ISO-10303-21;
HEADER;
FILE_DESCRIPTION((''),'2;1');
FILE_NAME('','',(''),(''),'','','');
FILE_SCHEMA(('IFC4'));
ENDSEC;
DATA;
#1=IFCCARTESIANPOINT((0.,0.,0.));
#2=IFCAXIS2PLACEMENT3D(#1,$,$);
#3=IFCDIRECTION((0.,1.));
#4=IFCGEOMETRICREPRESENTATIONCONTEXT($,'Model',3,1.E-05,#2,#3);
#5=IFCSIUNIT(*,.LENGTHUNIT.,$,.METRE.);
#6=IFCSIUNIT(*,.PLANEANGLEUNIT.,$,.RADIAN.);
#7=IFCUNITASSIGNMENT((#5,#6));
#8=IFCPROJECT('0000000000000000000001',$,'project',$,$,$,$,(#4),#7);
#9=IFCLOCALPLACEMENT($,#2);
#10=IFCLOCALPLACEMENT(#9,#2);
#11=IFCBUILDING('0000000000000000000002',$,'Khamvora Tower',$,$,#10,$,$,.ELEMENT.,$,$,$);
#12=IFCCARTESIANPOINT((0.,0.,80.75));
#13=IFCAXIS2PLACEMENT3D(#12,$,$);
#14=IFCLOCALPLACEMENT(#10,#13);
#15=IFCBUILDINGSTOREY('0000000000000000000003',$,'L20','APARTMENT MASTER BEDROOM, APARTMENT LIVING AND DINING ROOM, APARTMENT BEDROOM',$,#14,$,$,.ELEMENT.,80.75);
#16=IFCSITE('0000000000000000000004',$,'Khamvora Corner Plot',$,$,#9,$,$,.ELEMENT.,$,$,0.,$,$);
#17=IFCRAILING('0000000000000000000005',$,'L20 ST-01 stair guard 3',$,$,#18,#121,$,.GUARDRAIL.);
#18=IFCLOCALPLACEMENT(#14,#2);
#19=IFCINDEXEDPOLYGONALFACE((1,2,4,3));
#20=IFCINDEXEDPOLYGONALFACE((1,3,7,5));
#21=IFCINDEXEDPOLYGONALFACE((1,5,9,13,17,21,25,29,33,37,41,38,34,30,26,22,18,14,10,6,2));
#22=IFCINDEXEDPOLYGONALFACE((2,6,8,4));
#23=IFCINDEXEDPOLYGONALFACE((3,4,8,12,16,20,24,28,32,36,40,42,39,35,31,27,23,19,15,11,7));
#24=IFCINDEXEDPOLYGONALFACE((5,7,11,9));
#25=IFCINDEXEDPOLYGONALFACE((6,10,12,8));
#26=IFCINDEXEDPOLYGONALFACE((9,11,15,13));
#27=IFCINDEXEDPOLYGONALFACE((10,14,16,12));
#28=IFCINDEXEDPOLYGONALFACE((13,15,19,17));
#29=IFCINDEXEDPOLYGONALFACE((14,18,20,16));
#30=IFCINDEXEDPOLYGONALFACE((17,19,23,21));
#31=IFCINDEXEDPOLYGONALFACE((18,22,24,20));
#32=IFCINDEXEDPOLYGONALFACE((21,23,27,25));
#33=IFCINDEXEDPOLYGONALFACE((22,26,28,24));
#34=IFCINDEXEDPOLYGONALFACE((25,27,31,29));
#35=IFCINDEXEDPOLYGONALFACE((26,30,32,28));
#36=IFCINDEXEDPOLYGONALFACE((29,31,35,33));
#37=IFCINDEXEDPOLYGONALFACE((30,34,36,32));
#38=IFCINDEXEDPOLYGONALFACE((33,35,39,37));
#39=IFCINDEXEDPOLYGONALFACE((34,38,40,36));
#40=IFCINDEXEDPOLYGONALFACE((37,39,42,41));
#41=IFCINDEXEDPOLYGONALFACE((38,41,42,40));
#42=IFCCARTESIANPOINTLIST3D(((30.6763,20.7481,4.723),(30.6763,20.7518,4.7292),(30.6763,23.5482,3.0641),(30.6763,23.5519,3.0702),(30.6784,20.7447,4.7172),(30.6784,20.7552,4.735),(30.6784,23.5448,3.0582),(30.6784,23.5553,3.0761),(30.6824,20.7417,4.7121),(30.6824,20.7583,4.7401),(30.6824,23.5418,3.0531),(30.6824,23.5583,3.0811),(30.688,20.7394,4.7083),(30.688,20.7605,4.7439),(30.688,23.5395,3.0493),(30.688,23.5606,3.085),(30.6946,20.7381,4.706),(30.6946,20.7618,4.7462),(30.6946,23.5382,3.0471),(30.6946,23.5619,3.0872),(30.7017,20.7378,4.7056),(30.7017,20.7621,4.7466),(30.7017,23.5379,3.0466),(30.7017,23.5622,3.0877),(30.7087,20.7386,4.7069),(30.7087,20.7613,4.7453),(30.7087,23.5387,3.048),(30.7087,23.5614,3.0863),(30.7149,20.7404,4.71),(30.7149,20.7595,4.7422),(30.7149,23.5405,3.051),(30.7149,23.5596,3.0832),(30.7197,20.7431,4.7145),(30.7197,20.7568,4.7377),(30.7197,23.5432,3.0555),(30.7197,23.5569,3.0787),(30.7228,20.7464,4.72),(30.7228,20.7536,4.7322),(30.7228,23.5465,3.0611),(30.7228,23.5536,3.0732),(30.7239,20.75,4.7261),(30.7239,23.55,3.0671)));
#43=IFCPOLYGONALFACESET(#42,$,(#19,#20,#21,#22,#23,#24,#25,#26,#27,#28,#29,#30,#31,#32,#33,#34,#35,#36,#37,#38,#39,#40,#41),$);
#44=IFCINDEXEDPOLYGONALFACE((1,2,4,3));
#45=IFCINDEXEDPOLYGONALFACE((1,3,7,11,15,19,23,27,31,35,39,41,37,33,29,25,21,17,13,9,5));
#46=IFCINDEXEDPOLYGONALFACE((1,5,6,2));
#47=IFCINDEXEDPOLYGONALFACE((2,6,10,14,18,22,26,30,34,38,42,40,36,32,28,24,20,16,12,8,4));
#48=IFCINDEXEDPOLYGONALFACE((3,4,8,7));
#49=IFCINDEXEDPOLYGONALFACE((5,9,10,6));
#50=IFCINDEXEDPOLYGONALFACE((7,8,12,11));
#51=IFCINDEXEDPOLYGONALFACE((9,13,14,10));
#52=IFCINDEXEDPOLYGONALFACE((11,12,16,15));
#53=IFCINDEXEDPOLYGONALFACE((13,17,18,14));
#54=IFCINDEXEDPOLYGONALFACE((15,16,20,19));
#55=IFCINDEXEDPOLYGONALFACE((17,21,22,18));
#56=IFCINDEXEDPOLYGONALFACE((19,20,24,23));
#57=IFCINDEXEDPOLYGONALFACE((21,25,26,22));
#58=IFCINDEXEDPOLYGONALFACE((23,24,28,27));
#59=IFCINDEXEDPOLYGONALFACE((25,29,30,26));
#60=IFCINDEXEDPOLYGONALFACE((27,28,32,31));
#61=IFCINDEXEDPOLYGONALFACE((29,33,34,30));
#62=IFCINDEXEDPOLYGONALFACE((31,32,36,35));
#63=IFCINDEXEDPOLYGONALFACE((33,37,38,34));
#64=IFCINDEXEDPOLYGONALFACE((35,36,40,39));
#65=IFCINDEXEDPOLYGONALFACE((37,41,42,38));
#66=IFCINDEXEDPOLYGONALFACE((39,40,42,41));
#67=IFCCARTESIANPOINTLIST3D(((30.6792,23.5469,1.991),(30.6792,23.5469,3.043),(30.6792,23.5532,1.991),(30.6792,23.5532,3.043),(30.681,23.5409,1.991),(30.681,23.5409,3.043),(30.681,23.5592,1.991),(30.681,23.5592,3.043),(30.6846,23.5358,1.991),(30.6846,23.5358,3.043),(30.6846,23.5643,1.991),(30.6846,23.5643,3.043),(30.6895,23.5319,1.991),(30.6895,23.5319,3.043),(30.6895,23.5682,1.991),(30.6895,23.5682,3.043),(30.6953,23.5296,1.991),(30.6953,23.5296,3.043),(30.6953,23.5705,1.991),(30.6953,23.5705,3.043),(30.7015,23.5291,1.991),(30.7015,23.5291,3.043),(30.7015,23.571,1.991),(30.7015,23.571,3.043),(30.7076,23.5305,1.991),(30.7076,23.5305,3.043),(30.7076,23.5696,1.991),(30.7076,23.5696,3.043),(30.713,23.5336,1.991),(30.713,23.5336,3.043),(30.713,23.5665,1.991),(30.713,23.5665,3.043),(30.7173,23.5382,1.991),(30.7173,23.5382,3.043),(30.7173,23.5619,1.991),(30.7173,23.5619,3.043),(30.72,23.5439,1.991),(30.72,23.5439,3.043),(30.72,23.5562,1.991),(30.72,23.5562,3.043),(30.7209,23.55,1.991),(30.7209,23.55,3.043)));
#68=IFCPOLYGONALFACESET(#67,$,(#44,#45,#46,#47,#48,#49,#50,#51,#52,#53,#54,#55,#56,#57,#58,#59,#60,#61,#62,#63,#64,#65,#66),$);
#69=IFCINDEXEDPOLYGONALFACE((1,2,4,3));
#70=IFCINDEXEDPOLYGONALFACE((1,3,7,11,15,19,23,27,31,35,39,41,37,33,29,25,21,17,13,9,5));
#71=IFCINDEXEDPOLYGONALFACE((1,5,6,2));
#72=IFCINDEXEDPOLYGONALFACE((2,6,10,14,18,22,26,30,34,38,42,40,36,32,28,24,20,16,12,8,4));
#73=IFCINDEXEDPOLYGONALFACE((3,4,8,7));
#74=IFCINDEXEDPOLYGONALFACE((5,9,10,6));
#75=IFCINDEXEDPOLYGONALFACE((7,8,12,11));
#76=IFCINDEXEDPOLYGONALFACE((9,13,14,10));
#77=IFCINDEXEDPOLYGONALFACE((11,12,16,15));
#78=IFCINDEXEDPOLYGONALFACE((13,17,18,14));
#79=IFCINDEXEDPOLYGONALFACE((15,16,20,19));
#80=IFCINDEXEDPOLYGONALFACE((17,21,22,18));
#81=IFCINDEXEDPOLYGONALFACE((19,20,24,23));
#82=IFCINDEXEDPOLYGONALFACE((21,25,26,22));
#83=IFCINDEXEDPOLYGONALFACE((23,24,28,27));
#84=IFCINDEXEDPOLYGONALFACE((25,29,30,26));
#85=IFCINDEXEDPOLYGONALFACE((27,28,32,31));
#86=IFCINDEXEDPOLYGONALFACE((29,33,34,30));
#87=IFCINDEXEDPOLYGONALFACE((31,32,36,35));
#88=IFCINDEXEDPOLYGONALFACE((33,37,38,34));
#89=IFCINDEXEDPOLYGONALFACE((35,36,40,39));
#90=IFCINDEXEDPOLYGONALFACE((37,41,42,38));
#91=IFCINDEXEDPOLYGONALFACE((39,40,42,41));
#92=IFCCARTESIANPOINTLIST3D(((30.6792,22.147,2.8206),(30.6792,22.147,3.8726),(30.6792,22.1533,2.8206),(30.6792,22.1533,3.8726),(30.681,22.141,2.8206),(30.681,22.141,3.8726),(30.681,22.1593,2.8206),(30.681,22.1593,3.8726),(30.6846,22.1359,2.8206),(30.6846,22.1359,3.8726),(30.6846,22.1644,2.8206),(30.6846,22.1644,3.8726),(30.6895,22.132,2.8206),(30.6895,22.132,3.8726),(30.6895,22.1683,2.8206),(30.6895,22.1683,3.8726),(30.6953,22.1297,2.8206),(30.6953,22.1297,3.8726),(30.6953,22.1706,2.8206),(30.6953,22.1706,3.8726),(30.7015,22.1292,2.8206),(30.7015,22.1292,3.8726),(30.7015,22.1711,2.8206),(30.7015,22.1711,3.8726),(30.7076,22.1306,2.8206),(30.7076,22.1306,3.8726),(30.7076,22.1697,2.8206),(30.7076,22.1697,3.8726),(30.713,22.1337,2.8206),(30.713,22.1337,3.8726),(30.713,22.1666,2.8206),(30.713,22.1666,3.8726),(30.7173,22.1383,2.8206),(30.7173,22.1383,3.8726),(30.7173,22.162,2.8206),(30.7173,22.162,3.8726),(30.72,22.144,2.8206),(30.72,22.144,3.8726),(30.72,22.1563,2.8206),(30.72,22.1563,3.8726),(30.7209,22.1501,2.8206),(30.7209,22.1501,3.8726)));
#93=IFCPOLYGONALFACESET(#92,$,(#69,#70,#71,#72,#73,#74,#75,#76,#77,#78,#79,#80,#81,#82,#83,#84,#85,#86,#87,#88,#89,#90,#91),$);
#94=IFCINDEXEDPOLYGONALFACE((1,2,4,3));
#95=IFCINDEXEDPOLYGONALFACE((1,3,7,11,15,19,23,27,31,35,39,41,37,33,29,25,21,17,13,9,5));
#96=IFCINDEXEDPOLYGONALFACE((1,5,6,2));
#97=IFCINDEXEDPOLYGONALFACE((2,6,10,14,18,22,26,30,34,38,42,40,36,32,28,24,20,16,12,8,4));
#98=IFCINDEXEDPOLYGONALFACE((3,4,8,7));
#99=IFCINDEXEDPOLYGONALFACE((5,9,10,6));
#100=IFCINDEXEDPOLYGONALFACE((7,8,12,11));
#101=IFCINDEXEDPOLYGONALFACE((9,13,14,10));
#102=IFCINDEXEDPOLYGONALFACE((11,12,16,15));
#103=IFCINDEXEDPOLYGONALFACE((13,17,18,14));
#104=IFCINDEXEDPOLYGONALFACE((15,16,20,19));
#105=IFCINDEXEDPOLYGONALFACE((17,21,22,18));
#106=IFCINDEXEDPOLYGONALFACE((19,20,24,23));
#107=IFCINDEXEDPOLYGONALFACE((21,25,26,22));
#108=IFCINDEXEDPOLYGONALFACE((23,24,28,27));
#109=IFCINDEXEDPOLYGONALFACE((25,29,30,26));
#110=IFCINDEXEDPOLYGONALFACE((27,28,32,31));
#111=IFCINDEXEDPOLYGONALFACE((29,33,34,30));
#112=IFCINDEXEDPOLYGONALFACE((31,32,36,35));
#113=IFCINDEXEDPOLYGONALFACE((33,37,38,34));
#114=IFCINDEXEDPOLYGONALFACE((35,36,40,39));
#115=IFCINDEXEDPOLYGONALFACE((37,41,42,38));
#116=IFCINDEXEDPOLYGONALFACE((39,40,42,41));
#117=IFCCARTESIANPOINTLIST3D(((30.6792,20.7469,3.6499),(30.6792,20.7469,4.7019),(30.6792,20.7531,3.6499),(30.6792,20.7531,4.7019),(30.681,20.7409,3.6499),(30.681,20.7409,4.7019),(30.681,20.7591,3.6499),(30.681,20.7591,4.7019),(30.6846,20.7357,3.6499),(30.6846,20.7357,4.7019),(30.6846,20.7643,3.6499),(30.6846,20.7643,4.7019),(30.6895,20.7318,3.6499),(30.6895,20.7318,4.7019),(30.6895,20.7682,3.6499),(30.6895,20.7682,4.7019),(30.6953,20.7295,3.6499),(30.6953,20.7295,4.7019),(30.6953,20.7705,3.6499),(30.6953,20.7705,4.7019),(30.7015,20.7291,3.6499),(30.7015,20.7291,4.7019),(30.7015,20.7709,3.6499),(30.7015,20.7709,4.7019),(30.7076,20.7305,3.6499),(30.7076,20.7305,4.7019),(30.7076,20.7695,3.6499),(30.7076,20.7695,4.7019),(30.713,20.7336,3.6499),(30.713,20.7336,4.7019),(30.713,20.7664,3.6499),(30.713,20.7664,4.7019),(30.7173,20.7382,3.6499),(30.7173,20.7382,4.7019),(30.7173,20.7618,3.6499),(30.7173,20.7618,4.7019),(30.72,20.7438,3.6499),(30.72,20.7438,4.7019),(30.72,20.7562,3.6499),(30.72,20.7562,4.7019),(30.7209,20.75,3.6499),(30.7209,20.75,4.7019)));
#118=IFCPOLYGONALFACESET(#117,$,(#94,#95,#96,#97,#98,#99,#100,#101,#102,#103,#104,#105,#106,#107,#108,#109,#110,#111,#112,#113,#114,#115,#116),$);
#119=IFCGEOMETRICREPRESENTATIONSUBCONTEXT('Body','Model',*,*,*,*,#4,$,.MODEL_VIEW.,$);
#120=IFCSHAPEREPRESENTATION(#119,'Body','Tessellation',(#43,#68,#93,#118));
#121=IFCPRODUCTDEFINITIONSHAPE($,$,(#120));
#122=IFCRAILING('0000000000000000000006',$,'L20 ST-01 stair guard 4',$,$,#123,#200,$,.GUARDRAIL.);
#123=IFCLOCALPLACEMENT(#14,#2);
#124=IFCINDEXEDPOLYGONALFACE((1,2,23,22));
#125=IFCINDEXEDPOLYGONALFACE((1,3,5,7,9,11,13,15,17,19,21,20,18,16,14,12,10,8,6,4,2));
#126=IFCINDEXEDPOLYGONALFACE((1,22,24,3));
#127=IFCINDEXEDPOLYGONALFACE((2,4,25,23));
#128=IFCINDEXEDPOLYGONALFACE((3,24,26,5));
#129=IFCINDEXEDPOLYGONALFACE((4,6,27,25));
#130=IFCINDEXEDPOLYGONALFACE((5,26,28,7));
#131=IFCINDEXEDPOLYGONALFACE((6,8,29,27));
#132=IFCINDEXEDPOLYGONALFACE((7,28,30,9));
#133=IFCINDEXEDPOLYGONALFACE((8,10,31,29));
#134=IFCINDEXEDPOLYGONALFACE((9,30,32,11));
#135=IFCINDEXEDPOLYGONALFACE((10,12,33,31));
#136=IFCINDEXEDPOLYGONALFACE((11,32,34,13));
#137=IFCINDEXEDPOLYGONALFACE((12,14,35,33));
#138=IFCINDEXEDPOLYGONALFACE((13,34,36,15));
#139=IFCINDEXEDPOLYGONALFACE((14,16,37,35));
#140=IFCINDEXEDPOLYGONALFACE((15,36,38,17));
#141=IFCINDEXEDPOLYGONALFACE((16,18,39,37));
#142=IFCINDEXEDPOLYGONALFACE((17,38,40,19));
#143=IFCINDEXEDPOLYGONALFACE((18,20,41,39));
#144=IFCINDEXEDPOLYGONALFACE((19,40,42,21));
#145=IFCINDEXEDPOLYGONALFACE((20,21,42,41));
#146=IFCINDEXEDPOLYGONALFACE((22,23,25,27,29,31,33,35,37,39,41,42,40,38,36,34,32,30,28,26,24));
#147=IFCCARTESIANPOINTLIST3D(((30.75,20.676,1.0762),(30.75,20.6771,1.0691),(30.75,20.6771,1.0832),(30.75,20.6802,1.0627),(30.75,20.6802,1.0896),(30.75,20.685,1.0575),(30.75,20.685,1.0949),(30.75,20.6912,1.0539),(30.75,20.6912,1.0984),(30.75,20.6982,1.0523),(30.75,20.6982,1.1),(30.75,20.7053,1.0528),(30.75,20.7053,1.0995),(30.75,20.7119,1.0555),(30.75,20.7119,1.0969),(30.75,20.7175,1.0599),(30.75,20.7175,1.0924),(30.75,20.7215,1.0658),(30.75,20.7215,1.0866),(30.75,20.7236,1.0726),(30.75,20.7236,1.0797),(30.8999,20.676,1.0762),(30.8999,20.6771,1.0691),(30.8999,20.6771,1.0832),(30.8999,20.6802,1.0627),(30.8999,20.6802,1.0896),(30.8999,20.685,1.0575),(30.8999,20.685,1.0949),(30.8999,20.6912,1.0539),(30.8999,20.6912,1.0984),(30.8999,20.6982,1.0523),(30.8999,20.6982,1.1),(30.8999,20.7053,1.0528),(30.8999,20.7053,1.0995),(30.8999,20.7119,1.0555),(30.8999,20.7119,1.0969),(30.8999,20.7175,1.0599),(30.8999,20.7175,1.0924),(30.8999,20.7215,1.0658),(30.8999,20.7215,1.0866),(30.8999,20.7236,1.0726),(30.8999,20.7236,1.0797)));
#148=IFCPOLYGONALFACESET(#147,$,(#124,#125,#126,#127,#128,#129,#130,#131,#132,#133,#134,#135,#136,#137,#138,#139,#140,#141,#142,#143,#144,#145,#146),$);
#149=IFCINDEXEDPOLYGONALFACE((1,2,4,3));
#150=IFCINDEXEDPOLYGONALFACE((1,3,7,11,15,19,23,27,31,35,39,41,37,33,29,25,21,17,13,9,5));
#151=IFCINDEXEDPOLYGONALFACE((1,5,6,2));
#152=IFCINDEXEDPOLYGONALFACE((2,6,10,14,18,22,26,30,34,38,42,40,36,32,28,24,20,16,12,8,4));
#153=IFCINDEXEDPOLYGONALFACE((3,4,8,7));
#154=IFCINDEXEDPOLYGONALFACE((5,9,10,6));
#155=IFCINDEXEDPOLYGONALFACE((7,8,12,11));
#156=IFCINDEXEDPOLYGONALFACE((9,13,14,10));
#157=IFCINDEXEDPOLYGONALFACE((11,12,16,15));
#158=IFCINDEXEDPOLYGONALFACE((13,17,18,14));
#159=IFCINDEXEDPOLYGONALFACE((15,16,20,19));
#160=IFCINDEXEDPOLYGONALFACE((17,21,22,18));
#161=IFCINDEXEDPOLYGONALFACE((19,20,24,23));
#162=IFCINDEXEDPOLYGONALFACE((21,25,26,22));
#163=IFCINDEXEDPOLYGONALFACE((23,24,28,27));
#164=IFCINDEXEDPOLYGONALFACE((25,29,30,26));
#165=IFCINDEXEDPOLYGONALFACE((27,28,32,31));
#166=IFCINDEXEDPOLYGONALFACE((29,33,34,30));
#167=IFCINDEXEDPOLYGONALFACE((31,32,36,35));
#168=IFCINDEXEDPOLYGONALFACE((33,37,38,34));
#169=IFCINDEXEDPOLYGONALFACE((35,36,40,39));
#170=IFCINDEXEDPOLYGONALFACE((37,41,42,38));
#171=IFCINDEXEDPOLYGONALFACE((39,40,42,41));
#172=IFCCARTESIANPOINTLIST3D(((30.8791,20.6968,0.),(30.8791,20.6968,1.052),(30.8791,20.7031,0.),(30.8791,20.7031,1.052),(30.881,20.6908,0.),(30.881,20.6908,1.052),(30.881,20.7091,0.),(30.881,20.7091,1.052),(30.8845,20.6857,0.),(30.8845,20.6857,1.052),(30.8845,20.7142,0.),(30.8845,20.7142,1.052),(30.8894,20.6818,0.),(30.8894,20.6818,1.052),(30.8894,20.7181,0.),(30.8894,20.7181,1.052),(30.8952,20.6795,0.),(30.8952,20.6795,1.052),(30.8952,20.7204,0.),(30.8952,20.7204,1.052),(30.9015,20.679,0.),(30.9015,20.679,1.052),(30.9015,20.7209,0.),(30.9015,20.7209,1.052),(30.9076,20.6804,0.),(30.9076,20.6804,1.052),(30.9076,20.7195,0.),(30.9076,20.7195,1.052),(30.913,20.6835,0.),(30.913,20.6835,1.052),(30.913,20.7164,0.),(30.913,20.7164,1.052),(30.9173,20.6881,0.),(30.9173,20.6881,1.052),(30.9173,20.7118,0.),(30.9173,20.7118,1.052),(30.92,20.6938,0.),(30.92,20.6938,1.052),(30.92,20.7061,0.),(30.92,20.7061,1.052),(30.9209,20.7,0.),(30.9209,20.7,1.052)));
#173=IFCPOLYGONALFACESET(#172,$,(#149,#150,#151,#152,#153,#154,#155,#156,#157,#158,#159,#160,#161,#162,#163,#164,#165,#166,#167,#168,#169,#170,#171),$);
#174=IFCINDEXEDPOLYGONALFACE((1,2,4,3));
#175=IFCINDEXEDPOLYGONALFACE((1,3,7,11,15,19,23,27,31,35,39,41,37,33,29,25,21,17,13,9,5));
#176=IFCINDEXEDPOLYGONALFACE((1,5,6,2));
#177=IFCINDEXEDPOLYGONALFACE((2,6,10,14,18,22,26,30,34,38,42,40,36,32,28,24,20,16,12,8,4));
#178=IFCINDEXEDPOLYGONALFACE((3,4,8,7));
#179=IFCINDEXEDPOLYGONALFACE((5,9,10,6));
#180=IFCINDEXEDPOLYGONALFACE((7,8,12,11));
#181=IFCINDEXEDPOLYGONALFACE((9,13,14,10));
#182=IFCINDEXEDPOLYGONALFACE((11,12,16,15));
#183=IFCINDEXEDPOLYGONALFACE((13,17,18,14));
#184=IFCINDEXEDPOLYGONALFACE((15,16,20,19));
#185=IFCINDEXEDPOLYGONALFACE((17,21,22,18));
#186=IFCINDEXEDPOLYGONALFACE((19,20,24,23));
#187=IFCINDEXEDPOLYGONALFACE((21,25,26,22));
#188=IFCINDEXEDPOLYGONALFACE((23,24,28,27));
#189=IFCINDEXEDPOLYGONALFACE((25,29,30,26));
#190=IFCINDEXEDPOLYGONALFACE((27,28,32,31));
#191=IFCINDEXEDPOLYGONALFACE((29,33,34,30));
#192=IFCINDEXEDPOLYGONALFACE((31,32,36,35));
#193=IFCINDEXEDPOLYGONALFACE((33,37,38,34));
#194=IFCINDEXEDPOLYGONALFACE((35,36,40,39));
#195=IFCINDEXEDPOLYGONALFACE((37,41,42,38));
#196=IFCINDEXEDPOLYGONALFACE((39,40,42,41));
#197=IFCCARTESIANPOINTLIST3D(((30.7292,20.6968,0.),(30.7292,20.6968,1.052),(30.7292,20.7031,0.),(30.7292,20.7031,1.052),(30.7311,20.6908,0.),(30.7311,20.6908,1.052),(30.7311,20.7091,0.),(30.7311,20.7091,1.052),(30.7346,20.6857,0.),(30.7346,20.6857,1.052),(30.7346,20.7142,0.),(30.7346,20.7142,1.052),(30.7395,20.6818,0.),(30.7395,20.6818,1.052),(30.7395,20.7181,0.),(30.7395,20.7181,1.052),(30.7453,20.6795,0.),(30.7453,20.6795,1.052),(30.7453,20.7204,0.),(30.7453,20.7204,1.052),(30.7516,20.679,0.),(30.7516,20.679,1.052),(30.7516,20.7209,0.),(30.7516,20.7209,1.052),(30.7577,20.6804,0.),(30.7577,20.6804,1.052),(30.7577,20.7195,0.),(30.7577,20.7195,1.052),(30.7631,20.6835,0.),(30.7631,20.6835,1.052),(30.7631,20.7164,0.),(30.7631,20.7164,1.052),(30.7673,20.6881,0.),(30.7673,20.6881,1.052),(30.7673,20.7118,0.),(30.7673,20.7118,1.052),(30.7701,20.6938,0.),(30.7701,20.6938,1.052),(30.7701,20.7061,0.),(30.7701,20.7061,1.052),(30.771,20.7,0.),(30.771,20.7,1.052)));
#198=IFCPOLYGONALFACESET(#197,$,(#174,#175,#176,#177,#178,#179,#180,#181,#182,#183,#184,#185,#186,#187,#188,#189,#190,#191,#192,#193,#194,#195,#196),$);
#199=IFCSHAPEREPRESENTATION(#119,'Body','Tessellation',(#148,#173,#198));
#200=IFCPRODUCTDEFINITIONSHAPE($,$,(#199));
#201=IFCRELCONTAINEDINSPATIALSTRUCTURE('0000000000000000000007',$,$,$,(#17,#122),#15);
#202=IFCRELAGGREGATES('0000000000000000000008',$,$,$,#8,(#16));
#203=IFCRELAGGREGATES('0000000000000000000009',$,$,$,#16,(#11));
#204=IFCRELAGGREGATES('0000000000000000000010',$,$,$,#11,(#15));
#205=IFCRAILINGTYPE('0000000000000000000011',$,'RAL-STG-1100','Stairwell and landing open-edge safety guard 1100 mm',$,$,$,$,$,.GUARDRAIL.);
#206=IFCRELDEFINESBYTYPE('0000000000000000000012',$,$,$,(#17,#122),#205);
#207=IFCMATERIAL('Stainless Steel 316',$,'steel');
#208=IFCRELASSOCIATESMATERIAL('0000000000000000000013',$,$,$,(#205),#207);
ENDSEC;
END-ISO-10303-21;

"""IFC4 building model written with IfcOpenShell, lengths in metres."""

from ifc_helpers import new_model, si_unit, direction, frame, origin, origin_2d, place, context, subcontext, project, spatial, circle, extrude, material, type_object, element, save


model = new_model("IFC4")

# Units and contexts
model_context = context("Model", 3, precision=1e-05, world=origin(), true_north=direction((0.0, 1.0)))
body_context = subcontext(model_context, "Body", "Model", "MODEL_VIEW")
ifc_project = project(units=[si_unit("LENGTHUNIT", "METRE"), si_unit("PLANEANGLEUNIT", "RADIAN")], contexts=[model_context])

# Site, building, storey
site_placement = place(None, origin())
site = spatial("IfcSite", under=ifc_project, at=site_placement, Name="Khamvora Corner Plot", CompositionType="ELEMENT", RefElevation=0.0)
building_placement = place(site_placement, origin())
building = spatial("IfcBuilding", under=site, at=building_placement, Name="Khamvora Tower", CompositionType="ELEMENT")
storey_placement = place(building_placement, frame((0.0, 0.0, 80.75)))
storey = spatial("IfcBuildingStorey", under=building, at=storey_placement, Name="L20", Description="APARTMENT MASTER BEDROOM, APARTMENT LIVING AND DINING ROOM, APARTMENT BEDROOM", CompositionType="ELEMENT", Elevation=80.75)

# Railings
ifc_material_1 = material(Name="Stainless Steel 316", Category="steel")
railing_type_1 = type_object("IfcRailingType", Name="RAL-STG-1100", Description="Stairwell and landing open-edge safety guard 1100 mm", PredefinedType="GUARDRAIL", material=ifc_material_1)
railing_1_placement = place(storey_placement, frame((30.7, 23.55, 1.991)))
element("IfcRailing", 1, at=railing_1_placement, inside=storey, type_object=railing_type_1, Name="L20 ST-01 stair guard 3", PredefinedType="GUARDRAIL", context=body_context, shape_type="SweptSolid", body=[
    extrude(circle(Radius=0.0239, at=origin_2d()), frame((0.0, 0.0, 1.0762), z_axis=(0.0, -0.860339, 0.509722), x_axis=(1.0, 0.0, 0.0)), (0.0, 0.0, 1.0), 3.2546),
    extrude(circle(Radius=0.021, at=origin_2d()), origin(), (0.0, 0.0, 1.0), 1.052),
    extrude(circle(Radius=0.021, at=origin_2d()), frame((0.0, -1.3999, 0.8296)), (0.0, 0.0, 1.0), 1.052),
    extrude(circle(Radius=0.021, at=origin_2d()), frame((0.0, -2.8, 1.6589)), (0.0, 0.0, 1.0), 1.052),
])
railing_2_placement = place(storey_placement, frame((30.8999, 20.7, 0.0)))
element("IfcRailing", 2, at=railing_2_placement, inside=storey, type_object=railing_type_1, Name="L20 ST-01 stair guard 4", PredefinedType="GUARDRAIL", context=body_context, shape_type="SweptSolid", body=[
    extrude(circle(Radius=0.0239, at=origin_2d()), frame((0.0, 0.0, 1.0762), z_axis=(-1.0, 0.0, 0.0), x_axis=(0.0, -1.0, 0.0)), (0.0, 0.0, 1.0), 0.1499),
    extrude(circle(Radius=0.021, at=origin_2d()), origin(), (0.0, 0.0, 1.0), 1.052),
    extrude(circle(Radius=0.021, at=origin_2d()), frame((-0.1499, 0.0, 0.0)), (0.0, 0.0, 1.0), 1.052),
])

save(model, "model.ifc")
